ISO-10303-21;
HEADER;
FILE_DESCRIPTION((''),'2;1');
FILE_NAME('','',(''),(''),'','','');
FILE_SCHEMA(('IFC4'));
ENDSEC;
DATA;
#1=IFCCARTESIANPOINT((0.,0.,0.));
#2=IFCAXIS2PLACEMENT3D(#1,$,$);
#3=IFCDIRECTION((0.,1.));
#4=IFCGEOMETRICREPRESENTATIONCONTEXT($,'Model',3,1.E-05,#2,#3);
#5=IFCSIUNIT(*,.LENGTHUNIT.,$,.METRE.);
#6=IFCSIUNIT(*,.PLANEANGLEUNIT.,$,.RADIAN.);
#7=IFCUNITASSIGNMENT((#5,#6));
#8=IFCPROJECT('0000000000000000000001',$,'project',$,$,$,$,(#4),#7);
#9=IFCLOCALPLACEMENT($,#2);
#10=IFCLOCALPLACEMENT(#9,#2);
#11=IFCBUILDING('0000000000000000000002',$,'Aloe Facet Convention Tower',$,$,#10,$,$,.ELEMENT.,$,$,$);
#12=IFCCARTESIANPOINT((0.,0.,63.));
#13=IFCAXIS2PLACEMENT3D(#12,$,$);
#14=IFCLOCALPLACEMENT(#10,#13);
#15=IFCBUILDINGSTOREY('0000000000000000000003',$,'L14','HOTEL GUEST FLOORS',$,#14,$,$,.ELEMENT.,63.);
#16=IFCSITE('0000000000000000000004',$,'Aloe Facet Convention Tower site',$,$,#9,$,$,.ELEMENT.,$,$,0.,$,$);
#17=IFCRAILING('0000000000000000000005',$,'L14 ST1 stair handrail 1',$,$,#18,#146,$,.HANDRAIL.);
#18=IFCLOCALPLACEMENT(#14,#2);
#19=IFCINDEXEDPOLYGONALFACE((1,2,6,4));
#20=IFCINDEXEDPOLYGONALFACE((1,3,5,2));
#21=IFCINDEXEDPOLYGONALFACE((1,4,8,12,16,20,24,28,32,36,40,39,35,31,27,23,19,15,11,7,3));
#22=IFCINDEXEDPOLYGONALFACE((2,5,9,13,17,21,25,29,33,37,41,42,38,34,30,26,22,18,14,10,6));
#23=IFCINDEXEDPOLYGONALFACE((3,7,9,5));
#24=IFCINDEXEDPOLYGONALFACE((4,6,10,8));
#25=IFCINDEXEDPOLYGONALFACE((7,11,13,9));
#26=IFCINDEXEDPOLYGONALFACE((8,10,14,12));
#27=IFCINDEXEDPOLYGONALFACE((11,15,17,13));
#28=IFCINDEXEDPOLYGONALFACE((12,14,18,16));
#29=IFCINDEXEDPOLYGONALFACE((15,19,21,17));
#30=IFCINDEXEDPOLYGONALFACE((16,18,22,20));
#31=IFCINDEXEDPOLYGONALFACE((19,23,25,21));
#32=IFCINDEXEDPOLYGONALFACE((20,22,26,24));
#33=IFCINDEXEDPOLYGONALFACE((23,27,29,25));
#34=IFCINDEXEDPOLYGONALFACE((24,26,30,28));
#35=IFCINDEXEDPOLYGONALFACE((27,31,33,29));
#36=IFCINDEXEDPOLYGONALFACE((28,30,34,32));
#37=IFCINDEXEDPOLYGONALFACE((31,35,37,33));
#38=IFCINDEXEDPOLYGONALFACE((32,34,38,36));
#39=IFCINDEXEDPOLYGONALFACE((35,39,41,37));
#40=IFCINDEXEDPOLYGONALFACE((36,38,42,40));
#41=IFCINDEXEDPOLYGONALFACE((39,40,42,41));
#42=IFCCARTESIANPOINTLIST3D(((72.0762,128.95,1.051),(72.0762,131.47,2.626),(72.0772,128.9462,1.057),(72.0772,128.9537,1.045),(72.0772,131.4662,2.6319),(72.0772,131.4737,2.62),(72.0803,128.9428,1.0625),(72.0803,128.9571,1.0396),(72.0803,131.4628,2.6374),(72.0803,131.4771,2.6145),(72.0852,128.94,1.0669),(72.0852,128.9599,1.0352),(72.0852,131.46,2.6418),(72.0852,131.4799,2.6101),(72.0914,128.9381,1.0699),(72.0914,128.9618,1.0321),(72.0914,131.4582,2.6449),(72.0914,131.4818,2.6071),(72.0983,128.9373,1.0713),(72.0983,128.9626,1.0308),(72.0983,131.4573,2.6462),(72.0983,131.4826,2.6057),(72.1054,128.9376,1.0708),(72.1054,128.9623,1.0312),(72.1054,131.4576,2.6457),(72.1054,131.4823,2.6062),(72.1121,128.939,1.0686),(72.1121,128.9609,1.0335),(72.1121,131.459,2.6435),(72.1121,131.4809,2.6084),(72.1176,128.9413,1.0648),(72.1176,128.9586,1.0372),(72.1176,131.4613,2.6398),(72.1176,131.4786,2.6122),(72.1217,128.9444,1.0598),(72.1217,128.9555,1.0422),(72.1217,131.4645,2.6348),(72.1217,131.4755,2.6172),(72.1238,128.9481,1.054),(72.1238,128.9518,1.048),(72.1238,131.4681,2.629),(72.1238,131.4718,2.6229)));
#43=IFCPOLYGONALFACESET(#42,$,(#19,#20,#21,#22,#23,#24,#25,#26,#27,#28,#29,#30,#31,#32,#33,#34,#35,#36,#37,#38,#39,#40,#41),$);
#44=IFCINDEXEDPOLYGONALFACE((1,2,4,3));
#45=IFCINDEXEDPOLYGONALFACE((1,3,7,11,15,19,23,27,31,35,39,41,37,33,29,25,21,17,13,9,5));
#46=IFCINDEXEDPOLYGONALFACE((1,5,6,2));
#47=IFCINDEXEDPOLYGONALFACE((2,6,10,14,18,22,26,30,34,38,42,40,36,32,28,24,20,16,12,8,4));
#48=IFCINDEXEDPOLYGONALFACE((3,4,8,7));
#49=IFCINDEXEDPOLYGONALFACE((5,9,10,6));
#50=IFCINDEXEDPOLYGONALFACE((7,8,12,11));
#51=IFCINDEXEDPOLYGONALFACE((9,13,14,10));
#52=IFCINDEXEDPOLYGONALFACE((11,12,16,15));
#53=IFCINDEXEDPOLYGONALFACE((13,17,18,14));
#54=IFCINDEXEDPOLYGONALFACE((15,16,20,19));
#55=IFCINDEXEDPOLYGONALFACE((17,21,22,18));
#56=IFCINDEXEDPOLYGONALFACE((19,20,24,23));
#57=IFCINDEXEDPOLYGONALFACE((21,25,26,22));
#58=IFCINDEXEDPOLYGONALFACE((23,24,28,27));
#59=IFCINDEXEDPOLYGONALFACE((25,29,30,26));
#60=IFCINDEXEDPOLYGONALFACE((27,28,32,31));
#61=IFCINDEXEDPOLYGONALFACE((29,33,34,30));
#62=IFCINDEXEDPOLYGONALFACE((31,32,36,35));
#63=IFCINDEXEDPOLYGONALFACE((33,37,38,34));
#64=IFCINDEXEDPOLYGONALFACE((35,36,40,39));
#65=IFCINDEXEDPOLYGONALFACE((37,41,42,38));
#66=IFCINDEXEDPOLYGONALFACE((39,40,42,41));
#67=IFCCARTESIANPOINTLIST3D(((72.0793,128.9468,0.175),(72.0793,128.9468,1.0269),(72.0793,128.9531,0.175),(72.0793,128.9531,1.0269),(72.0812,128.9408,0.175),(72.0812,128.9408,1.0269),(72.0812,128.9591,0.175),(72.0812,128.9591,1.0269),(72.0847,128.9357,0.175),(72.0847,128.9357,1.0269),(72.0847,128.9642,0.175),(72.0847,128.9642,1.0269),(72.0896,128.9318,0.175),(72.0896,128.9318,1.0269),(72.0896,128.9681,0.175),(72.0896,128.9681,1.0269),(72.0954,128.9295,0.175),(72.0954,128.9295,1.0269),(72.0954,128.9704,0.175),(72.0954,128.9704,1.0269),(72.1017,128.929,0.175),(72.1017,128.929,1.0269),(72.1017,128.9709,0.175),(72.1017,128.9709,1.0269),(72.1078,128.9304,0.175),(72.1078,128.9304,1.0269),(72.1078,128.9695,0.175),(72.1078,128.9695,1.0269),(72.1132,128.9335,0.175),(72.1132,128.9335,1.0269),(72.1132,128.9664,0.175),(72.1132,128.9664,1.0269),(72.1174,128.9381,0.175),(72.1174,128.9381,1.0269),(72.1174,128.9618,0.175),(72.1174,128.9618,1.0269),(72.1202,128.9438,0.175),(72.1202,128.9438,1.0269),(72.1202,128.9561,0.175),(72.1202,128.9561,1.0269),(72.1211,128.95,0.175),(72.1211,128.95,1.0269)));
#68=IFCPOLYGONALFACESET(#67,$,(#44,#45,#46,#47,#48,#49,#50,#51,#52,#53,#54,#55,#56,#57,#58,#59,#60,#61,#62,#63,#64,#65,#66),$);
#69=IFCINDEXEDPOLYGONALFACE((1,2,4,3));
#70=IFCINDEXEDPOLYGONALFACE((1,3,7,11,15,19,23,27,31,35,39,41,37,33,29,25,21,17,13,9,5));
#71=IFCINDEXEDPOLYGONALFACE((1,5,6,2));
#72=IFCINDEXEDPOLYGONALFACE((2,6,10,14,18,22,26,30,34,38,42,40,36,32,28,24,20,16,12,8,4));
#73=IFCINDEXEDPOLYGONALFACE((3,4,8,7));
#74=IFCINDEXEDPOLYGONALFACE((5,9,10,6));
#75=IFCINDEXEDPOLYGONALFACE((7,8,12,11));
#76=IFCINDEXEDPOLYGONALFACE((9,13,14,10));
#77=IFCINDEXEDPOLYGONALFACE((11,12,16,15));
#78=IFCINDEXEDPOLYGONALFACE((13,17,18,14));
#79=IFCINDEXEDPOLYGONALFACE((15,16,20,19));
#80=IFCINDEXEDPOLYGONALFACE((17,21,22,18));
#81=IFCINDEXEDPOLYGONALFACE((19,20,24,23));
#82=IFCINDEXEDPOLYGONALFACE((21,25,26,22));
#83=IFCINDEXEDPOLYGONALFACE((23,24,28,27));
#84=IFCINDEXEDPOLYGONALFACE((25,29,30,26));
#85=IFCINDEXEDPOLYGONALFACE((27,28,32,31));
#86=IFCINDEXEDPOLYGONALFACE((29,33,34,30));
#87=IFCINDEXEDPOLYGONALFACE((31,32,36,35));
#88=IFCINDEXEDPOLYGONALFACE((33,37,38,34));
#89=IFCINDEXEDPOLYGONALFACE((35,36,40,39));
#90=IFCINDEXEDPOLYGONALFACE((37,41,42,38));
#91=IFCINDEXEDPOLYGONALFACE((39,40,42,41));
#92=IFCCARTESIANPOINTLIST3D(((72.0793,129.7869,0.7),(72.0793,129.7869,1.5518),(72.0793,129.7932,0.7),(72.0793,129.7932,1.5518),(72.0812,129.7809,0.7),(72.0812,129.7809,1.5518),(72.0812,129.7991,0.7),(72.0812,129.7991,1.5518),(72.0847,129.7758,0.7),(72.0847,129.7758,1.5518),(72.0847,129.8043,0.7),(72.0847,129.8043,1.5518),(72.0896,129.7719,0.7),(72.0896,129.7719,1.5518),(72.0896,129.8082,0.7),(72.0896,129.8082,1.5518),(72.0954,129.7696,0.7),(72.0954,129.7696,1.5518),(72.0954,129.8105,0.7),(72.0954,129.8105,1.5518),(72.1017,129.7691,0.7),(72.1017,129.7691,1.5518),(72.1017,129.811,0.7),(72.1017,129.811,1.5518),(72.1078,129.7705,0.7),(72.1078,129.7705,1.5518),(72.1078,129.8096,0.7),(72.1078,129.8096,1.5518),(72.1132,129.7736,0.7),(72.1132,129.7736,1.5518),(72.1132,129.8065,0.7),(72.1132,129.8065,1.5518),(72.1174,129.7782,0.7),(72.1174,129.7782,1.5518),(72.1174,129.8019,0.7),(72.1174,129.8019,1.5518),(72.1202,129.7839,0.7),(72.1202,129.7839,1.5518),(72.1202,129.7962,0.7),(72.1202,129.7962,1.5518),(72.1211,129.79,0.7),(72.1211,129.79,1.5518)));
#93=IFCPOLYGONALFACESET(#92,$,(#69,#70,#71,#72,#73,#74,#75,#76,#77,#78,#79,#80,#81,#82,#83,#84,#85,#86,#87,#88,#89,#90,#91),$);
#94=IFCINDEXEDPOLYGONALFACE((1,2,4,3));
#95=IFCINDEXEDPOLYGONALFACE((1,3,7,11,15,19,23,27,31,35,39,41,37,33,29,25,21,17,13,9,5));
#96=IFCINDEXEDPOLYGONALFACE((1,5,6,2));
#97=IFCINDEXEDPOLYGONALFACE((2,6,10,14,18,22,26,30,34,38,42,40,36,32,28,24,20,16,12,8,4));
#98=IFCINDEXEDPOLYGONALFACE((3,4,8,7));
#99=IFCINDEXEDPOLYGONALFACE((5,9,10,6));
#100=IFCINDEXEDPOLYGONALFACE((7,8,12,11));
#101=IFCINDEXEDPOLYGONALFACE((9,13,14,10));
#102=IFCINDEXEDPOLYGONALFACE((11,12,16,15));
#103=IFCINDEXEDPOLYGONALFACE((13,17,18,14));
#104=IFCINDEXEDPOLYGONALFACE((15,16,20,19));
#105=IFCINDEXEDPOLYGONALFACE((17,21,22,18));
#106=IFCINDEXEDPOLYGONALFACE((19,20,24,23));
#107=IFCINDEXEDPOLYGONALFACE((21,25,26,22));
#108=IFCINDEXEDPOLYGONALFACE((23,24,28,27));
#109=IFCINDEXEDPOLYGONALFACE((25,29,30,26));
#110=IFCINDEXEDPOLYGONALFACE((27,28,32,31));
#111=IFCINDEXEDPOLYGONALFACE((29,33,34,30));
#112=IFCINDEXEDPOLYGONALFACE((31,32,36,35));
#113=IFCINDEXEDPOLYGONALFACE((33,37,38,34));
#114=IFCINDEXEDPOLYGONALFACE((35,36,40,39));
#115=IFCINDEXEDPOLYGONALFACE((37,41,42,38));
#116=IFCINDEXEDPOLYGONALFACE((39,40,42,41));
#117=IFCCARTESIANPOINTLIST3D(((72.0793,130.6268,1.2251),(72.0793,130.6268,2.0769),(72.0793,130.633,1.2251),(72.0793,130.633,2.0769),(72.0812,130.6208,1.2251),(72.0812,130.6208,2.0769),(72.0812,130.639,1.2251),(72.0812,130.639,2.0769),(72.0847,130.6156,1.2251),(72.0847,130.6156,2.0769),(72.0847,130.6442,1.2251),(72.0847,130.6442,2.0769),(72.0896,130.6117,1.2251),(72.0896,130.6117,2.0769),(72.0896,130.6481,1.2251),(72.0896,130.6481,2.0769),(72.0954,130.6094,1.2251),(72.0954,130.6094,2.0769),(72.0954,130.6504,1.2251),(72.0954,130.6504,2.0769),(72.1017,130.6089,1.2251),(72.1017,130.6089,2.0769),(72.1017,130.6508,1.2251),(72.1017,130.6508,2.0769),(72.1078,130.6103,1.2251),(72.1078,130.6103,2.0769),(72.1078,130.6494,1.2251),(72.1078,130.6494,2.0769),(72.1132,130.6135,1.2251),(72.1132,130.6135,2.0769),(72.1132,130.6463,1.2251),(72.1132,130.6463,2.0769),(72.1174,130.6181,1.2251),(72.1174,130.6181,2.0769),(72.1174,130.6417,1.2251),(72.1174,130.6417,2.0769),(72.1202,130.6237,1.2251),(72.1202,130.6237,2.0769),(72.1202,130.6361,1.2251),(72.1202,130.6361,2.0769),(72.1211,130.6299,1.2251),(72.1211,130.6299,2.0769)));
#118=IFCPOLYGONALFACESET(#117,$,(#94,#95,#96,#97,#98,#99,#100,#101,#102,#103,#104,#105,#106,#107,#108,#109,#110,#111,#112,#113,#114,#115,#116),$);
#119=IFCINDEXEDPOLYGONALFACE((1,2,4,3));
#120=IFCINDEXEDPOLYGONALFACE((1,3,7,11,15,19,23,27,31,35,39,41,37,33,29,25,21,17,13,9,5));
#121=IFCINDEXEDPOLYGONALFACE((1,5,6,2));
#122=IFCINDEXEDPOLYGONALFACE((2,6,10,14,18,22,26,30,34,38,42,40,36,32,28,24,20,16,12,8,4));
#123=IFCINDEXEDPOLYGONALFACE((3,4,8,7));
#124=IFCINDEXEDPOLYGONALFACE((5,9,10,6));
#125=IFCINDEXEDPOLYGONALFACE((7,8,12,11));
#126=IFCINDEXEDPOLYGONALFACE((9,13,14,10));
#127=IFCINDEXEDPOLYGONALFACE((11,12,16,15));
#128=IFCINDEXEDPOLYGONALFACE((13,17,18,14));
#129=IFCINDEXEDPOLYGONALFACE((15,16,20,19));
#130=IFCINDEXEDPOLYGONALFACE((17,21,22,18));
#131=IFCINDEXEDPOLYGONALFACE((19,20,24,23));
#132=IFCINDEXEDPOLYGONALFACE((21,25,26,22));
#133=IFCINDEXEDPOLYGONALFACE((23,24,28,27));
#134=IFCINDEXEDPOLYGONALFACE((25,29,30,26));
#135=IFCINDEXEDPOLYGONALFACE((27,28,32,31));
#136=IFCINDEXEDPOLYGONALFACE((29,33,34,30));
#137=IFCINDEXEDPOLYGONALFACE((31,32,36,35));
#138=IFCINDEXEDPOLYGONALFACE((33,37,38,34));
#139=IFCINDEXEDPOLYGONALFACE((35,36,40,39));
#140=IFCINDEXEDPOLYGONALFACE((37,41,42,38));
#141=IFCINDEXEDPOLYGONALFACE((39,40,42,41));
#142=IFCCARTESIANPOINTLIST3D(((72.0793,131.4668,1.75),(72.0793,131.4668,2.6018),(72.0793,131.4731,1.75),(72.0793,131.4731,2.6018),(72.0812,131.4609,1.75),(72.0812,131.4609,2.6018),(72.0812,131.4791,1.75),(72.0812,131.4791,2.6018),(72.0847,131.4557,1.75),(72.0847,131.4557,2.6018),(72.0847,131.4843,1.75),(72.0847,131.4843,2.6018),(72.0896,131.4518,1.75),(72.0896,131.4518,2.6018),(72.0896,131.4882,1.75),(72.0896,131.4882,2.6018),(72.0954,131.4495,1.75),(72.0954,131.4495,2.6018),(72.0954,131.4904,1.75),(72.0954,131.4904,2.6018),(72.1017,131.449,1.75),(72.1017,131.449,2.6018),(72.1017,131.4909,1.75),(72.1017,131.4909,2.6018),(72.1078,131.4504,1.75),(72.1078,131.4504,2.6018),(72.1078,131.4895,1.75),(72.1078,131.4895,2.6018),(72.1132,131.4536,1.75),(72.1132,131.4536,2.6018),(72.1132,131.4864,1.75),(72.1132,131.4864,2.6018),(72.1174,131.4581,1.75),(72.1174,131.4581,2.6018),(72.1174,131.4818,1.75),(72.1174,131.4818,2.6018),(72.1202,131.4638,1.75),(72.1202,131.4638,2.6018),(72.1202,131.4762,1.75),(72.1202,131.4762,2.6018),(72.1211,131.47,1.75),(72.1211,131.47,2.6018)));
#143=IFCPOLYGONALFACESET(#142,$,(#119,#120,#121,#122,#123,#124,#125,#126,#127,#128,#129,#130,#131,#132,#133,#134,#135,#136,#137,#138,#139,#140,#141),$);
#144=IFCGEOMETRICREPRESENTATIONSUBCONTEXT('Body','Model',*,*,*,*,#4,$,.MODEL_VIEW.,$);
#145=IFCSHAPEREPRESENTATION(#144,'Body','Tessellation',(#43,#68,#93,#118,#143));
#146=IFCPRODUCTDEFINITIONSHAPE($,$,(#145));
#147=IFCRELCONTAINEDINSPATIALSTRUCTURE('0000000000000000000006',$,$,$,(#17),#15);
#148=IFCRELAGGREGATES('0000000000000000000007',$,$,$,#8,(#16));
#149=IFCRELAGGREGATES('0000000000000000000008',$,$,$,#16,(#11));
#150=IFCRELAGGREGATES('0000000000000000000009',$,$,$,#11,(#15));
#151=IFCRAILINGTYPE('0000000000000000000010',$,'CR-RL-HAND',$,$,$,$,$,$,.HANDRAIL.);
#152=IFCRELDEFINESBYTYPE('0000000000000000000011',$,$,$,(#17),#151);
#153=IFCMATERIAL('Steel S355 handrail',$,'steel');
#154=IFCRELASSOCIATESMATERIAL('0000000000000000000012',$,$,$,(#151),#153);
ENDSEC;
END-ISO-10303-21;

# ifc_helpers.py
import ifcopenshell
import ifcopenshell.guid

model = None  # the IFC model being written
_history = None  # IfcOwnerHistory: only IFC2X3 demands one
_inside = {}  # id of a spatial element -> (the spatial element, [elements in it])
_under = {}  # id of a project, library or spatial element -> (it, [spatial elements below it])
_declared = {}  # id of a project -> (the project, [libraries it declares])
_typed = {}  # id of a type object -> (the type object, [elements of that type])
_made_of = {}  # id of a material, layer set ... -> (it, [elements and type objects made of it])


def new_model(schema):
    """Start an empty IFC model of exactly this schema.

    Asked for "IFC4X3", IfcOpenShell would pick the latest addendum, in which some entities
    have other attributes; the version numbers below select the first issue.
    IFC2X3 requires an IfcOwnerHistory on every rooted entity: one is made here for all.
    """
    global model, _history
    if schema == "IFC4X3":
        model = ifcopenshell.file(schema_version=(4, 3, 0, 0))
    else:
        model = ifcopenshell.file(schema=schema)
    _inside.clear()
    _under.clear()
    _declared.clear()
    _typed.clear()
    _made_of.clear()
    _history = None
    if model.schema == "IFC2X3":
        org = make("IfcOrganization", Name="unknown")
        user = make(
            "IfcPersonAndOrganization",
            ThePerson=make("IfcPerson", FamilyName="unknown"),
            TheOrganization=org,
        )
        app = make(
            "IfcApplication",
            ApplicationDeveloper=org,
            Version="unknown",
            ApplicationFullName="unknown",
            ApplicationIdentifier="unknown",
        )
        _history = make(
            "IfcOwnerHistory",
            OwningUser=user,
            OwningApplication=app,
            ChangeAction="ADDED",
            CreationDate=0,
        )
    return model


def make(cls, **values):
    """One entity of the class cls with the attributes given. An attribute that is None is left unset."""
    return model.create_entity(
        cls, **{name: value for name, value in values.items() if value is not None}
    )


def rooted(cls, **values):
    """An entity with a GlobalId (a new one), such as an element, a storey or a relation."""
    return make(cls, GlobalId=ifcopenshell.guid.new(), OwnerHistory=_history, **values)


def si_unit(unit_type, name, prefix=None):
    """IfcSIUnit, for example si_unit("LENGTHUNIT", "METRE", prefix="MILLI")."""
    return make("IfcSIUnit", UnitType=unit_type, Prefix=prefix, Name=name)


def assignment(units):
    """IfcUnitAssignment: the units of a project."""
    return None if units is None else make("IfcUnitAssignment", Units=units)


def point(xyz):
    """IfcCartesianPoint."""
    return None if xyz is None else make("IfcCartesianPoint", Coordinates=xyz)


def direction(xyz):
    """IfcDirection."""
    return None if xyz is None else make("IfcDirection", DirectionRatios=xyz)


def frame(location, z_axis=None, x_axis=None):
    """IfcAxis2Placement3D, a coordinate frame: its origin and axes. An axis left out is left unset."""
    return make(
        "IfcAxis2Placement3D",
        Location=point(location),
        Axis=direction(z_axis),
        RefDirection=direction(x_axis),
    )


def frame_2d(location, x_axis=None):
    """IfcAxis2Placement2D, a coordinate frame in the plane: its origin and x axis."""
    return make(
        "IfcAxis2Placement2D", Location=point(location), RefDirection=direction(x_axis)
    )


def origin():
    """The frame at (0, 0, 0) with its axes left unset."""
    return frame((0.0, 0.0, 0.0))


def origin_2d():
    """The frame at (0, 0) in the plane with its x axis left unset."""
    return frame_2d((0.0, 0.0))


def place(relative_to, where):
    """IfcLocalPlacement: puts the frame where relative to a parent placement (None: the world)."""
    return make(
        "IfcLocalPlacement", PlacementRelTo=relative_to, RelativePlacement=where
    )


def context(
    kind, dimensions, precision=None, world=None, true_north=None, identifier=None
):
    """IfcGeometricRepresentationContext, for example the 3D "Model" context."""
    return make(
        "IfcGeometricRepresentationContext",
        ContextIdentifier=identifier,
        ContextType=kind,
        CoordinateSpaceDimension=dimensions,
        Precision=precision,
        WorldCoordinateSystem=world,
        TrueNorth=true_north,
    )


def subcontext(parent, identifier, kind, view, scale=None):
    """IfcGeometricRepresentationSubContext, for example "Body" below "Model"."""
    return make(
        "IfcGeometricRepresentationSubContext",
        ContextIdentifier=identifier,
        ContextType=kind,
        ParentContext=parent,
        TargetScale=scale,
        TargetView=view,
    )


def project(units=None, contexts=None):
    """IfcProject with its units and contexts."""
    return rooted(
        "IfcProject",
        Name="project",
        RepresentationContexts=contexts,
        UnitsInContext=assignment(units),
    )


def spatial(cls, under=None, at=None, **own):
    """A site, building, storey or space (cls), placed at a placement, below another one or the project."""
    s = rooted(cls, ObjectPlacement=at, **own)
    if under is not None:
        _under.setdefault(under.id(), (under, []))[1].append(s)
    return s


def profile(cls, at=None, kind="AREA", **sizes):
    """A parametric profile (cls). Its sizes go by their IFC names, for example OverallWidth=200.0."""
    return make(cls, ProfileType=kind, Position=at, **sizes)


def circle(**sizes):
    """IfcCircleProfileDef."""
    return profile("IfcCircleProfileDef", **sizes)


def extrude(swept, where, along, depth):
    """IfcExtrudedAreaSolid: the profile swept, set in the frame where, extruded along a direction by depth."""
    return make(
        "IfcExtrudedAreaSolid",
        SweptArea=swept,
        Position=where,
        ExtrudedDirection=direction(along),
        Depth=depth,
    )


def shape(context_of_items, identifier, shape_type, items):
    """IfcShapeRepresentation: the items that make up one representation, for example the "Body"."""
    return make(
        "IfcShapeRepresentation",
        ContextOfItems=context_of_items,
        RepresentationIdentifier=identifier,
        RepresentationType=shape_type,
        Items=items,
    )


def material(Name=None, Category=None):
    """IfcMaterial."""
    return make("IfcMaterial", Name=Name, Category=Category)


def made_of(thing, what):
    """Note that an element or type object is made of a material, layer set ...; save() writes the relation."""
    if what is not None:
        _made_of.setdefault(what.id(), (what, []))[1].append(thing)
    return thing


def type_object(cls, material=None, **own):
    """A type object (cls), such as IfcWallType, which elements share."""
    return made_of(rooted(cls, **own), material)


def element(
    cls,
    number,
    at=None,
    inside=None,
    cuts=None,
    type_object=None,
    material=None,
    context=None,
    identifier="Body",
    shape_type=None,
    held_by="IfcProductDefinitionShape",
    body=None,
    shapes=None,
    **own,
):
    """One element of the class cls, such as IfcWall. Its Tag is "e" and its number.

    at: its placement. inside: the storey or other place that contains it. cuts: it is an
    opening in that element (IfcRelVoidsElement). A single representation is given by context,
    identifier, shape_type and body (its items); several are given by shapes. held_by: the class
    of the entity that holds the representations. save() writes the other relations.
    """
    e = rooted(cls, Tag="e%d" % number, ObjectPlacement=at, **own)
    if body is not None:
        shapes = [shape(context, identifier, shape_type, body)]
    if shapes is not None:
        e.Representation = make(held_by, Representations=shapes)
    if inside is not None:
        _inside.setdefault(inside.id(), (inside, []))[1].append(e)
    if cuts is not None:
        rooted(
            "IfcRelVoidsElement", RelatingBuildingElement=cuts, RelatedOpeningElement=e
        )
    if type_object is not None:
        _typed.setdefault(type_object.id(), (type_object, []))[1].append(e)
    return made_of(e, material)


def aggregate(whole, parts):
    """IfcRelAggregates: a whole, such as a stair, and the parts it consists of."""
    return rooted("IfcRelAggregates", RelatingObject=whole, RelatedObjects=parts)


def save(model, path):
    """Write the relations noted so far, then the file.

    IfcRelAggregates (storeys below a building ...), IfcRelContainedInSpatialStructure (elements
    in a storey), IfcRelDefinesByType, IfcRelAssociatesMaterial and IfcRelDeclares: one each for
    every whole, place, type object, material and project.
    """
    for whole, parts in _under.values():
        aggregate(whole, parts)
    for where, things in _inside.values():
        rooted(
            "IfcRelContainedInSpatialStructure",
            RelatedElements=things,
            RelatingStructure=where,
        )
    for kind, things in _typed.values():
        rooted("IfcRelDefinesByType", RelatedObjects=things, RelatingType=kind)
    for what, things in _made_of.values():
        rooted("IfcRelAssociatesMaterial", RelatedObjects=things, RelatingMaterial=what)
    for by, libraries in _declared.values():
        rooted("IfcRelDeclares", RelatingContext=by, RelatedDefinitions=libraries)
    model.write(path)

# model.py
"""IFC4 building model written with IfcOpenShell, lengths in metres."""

from ifc_helpers import new_model, si_unit, direction, frame, origin, origin_2d, place, context, subcontext, project, spatial, circle, extrude, material, type_object, element, save


model = new_model("IFC4")

# Units and contexts
model_context = context("Model", 3, precision=1e-05, world=origin(), true_north=direction((0.0, 1.0)))
body_context = subcontext(model_context, "Body", "Model", "MODEL_VIEW")
ifc_project = project(units=[si_unit("LENGTHUNIT", "METRE"), si_unit("PLANEANGLEUNIT", "RADIAN")], contexts=[model_context])

# Site, building, storey
site_placement = place(None, origin())
site = spatial("IfcSite", under=ifc_project, at=site_placement, Name="Aloe Facet Convention Tower site", CompositionType="ELEMENT", RefElevation=0.0)
building_placement = place(site_placement, origin())
building = spatial("IfcBuilding", under=site, at=building_placement, Name="Aloe Facet Convention Tower", CompositionType="ELEMENT")
storey_placement = place(building_placement, frame((0.0, 0.0, 63.0)))
storey = spatial("IfcBuildingStorey", under=building, at=storey_placement, Name="L14", Description="HOTEL GUEST FLOORS", CompositionType="ELEMENT", Elevation=63.0)

# Railing
ifc_material_1 = material(Name="Steel S355 handrail", Category="steel")
railing_type_1 = type_object("IfcRailingType", Name="CR-RL-HAND", PredefinedType="HANDRAIL", material=ifc_material_1)
railing_1_placement = place(storey_placement, frame((72.1001, 128.95, 0.175)))
element("IfcRailing", 1, at=railing_1_placement, inside=storey, type_object=railing_type_1, Name="L14 ST1 stair handrail 1", PredefinedType="HANDRAIL", context=body_context, shape_type="SweptSolid", body=[
    extrude(circle(Radius=0.0239, at=origin_2d()), frame((0.0, 0.0, 0.876), z_axis=(0.0, 0.848008, 0.529984), x_axis=(-1.0, 0.0, 0.0)), (0.0, 0.0, 1.0), 2.9717),
    extrude(circle(Radius=0.021, at=origin_2d()), origin(), (0.0, 0.0, 1.0), 0.8518),
    extrude(circle(Radius=0.021, at=origin_2d()), frame((0.0, 0.8401, 0.5249)), (0.0, 0.0, 1.0), 0.8518),
    extrude(circle(Radius=0.021, at=origin_2d()), frame((0.0, 1.6799, 1.05)), (0.0, 0.0, 1.0), 0.8518),
    extrude(circle(Radius=0.021, at=origin_2d()), frame((0.0, 2.52, 1.575)), (0.0, 0.0, 1.0), 0.8518),
])

save(model, "model.ifc")
